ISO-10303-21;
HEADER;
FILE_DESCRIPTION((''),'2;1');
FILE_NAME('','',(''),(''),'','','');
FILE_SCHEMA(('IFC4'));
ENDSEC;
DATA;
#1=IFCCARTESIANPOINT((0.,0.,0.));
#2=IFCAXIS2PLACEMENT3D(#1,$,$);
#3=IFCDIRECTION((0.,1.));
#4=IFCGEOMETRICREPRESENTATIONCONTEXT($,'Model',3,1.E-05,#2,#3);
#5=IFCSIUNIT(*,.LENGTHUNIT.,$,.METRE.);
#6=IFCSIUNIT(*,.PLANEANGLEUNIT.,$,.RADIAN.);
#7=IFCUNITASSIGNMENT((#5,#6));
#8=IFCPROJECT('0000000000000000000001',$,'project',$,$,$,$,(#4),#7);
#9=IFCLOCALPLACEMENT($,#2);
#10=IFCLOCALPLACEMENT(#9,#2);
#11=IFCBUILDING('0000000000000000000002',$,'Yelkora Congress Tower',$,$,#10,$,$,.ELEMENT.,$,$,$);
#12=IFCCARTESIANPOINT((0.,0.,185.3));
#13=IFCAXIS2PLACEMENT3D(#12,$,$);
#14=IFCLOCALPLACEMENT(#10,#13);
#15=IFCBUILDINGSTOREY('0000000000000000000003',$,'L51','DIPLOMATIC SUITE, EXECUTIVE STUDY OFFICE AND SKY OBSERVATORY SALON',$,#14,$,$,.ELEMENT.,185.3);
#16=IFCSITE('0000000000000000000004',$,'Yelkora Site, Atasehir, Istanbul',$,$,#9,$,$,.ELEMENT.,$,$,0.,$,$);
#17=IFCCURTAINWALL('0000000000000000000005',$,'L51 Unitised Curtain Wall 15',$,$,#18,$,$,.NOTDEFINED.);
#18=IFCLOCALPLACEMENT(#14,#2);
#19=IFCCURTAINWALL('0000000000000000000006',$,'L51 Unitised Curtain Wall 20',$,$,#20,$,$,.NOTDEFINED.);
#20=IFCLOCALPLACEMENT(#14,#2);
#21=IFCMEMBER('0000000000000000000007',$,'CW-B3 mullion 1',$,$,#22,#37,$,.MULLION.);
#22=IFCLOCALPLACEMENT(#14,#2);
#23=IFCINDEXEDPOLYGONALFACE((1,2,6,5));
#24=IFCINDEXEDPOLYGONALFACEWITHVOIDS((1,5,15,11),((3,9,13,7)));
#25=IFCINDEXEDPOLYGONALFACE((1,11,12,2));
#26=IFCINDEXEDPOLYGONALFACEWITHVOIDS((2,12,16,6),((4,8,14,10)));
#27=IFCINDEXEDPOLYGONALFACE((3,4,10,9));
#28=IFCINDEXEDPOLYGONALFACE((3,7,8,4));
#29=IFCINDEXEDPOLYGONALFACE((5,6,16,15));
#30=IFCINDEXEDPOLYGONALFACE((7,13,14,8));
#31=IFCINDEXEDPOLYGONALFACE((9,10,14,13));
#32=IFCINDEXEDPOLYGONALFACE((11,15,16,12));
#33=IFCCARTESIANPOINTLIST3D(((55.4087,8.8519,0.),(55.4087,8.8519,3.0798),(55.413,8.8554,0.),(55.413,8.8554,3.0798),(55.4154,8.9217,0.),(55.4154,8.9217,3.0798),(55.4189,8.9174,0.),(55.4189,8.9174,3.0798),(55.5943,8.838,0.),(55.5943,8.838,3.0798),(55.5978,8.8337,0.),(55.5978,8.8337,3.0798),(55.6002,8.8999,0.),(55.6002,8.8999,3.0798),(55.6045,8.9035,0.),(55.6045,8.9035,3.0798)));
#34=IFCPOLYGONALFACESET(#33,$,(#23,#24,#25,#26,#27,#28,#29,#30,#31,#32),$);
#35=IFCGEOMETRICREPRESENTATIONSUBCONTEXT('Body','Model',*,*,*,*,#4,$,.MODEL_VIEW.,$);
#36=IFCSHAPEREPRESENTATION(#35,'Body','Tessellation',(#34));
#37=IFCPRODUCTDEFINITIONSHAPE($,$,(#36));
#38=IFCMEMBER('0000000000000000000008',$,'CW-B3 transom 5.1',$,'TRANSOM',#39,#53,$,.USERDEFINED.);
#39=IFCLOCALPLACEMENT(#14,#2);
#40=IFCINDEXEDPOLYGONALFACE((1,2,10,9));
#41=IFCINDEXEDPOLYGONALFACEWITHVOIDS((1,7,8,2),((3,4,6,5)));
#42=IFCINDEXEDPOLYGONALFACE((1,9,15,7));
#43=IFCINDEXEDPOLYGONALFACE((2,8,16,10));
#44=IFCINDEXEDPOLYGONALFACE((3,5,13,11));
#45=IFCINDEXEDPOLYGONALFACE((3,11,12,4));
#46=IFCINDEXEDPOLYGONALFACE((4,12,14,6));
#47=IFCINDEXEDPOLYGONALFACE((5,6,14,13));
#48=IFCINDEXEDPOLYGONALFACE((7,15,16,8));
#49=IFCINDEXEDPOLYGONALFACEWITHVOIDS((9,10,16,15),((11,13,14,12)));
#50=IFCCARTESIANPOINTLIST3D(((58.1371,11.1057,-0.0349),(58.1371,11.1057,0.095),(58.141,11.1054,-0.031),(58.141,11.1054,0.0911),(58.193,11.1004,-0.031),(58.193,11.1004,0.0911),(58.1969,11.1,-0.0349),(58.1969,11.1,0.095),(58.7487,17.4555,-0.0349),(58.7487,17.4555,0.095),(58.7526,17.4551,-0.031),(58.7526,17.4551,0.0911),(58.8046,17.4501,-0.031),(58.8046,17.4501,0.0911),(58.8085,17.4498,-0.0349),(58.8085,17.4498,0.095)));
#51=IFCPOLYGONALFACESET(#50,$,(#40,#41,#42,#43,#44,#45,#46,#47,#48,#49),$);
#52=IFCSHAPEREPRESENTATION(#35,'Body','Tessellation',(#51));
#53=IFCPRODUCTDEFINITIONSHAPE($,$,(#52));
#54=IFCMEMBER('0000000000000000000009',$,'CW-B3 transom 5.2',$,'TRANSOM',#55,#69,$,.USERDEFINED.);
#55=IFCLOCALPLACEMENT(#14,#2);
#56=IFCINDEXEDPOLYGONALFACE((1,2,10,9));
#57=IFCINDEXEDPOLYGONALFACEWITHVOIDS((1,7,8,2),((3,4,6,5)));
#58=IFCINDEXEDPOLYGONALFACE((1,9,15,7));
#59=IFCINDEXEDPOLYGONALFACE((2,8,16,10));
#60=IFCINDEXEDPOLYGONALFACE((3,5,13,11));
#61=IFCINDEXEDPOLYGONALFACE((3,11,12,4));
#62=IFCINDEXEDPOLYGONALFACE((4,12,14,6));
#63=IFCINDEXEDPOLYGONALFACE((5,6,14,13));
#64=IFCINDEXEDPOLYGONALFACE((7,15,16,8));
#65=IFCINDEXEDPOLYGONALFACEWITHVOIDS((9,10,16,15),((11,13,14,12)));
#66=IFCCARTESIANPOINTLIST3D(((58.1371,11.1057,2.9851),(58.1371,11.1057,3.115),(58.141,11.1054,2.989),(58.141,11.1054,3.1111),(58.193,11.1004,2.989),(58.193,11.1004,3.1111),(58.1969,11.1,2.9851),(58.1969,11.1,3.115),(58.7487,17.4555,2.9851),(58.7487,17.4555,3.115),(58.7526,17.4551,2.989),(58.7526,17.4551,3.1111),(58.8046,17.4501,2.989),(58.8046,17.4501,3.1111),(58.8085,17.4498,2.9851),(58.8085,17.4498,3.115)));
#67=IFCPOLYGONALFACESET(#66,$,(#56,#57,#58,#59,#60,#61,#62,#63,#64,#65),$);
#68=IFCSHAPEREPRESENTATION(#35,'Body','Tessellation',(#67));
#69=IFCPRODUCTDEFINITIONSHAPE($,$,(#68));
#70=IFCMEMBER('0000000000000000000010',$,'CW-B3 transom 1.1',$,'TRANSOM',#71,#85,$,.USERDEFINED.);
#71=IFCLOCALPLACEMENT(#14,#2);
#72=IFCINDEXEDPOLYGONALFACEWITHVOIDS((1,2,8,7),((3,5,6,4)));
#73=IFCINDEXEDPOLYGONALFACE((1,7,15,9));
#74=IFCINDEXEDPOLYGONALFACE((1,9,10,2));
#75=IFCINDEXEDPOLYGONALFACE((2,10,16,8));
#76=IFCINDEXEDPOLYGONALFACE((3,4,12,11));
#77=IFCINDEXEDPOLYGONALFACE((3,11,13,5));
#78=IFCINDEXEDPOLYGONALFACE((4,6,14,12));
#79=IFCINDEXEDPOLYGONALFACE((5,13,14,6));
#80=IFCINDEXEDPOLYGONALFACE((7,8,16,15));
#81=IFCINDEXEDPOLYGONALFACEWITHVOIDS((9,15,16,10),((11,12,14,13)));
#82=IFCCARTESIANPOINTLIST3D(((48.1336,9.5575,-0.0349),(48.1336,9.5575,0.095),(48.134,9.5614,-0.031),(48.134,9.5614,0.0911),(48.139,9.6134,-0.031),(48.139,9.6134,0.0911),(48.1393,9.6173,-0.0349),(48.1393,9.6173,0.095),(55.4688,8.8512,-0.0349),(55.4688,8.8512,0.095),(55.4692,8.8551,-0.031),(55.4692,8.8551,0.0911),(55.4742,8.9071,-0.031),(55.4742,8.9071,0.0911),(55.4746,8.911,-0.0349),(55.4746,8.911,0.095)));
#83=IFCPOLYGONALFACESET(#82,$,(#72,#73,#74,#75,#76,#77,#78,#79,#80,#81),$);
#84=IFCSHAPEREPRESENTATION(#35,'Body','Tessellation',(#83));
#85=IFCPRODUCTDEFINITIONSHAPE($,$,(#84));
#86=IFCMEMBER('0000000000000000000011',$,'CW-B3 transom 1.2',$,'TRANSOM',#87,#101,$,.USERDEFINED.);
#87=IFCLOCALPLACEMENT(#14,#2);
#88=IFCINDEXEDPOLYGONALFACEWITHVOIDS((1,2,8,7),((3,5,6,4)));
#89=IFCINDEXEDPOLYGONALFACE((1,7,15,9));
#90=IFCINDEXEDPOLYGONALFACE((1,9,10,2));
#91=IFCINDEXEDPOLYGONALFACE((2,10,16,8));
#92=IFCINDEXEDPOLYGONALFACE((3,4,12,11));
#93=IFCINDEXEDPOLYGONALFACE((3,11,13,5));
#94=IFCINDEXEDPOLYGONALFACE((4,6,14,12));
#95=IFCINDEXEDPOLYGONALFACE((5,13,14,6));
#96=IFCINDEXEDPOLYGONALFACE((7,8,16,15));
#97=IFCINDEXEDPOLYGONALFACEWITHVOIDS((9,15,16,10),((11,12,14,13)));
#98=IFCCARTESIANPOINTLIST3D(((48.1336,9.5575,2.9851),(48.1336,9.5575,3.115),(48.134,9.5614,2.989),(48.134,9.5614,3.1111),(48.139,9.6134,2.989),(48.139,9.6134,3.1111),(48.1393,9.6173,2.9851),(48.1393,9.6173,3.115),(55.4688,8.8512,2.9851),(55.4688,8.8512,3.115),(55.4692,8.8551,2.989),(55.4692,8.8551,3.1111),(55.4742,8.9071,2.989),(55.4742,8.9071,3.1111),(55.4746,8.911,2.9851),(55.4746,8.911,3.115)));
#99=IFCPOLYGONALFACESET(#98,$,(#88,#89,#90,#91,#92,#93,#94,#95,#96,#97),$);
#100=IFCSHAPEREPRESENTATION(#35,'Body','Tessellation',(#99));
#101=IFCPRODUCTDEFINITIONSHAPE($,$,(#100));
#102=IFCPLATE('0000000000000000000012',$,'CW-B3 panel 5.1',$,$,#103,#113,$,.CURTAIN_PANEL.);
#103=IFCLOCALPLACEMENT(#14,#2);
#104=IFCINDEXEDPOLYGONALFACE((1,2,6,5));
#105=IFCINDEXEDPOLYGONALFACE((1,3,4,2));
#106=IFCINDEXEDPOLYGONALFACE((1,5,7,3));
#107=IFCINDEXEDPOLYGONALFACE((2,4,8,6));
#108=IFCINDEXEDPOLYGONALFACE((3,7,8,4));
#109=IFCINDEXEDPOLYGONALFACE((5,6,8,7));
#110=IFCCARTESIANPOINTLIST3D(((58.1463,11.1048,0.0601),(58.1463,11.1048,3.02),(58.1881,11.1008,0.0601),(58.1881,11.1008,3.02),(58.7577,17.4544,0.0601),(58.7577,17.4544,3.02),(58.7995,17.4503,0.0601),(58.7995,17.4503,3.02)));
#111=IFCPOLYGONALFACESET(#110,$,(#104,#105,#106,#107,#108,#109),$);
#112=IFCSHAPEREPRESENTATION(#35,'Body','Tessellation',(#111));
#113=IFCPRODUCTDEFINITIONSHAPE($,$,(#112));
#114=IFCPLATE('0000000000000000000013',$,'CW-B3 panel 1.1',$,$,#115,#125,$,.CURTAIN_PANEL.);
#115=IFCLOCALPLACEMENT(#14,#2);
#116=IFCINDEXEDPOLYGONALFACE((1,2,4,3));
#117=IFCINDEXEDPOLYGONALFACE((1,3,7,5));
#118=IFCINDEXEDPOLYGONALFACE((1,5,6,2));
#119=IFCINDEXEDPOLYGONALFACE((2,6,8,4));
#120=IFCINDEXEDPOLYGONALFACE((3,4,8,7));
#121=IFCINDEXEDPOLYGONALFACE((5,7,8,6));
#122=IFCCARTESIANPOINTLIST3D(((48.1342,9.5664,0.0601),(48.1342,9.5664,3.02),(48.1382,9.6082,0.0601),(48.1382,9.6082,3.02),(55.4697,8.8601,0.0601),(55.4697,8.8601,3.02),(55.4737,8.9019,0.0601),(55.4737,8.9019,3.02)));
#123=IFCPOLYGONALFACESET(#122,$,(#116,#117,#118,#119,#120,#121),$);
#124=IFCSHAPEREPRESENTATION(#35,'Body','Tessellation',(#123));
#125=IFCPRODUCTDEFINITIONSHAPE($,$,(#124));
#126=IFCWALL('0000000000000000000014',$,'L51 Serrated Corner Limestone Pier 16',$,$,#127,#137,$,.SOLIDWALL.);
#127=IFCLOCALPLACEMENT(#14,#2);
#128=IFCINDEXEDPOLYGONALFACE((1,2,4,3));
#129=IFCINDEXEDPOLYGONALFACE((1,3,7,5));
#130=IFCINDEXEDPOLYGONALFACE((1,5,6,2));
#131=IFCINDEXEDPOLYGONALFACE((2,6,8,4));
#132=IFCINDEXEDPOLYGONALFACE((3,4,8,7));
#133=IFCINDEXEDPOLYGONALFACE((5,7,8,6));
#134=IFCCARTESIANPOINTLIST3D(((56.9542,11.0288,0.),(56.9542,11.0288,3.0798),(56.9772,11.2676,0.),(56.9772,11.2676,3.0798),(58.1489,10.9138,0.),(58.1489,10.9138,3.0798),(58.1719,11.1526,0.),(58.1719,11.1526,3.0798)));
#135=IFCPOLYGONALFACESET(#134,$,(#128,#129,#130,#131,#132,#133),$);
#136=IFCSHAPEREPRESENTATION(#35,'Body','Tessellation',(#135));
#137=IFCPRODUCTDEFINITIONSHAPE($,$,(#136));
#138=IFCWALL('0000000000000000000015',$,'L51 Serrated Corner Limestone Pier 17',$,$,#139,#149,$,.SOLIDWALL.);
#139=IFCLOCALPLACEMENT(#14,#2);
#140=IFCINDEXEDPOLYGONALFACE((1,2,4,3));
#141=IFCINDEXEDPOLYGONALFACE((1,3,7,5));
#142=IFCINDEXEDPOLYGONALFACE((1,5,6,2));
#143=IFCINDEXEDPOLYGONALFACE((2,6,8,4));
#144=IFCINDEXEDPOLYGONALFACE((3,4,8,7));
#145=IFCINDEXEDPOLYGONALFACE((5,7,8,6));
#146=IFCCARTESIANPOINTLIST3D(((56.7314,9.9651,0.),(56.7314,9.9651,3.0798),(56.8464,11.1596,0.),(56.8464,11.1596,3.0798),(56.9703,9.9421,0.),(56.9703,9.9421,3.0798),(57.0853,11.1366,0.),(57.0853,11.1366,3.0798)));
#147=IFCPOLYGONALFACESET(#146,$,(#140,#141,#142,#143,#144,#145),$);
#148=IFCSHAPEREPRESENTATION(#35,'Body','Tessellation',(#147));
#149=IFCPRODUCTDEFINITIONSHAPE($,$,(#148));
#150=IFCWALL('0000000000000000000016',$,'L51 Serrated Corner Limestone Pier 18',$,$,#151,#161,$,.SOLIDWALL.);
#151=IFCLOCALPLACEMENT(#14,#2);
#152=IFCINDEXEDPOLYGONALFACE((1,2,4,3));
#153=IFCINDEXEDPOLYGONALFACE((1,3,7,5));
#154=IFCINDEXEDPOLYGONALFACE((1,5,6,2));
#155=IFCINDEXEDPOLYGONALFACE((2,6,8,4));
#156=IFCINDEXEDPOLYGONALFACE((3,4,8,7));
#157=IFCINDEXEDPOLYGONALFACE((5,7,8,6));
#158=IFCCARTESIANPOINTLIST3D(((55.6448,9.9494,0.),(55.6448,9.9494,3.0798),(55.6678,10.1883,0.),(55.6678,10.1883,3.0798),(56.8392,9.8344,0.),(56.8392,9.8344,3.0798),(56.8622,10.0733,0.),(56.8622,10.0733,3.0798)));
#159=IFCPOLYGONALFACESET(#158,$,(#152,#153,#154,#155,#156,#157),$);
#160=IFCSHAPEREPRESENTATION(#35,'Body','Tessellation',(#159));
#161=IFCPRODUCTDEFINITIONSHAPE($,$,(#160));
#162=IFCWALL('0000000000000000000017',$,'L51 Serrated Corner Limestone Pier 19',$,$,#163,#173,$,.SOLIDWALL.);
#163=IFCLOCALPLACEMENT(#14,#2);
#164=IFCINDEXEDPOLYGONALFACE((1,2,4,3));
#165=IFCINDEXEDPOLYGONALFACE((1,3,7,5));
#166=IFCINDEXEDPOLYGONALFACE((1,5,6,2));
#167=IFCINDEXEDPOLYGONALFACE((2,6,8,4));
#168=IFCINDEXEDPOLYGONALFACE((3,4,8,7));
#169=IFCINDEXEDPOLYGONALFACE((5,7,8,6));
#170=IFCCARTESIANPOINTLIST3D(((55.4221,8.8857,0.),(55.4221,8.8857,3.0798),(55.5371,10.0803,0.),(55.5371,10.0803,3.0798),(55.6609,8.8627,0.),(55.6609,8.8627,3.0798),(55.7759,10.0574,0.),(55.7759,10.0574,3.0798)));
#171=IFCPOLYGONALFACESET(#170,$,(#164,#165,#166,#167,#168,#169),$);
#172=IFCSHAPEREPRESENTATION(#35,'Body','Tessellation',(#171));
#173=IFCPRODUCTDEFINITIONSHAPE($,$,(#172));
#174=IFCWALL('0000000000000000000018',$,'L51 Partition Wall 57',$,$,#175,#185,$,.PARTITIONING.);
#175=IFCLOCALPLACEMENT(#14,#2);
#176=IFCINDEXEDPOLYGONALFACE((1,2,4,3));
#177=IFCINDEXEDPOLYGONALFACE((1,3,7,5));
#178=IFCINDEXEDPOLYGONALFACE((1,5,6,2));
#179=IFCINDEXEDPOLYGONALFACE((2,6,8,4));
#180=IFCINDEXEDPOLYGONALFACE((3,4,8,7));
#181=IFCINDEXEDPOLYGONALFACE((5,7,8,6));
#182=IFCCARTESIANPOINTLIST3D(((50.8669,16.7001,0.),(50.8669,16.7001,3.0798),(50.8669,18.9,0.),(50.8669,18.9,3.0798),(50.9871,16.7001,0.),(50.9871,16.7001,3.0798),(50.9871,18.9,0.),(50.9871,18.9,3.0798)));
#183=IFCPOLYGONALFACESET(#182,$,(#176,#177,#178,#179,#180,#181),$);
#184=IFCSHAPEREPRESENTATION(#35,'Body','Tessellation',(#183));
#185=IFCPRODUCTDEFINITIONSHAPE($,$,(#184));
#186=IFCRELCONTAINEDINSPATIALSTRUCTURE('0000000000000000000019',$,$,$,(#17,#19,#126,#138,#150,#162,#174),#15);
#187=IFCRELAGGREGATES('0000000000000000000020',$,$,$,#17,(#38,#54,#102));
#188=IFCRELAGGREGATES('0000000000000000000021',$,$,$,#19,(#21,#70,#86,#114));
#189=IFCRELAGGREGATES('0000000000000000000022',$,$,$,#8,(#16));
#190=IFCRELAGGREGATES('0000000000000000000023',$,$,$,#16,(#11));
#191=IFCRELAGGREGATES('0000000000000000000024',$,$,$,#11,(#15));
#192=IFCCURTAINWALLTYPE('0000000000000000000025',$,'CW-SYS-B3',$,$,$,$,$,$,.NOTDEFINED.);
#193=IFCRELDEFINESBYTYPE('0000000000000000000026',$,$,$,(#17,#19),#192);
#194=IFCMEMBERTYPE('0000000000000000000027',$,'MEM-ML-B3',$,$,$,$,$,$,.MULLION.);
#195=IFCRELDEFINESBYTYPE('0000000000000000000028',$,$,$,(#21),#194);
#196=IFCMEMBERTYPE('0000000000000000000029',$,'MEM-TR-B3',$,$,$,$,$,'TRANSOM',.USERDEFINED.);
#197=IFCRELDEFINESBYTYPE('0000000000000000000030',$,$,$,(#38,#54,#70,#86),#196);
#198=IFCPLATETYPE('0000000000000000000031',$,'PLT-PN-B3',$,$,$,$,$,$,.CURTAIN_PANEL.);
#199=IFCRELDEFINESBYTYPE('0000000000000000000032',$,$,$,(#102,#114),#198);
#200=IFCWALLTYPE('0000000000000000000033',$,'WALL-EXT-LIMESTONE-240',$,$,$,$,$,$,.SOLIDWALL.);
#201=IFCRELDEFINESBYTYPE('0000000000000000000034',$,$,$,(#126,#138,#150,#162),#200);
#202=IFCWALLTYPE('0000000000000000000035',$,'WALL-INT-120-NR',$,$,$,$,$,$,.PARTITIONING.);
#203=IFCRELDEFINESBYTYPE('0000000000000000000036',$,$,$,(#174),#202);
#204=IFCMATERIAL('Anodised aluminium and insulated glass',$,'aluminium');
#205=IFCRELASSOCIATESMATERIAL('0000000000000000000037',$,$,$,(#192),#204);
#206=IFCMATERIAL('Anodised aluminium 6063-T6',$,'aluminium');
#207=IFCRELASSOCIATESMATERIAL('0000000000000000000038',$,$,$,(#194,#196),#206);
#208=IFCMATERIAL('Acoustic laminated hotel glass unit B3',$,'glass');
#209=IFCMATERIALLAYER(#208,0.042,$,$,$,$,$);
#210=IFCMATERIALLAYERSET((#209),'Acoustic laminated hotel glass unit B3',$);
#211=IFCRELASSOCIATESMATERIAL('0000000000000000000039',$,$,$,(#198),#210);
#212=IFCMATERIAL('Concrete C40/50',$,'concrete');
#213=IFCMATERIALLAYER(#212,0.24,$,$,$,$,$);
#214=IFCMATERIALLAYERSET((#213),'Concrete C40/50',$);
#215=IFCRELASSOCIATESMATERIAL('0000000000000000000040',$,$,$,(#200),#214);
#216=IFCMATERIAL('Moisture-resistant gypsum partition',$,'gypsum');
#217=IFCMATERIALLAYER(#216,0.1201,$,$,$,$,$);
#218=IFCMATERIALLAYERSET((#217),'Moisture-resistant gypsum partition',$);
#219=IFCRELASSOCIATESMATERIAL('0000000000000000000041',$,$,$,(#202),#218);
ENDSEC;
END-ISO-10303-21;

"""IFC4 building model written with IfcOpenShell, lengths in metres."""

from ifc_helpers import new_model, si_unit, direction, frame, frame_2d, origin, origin_2d, place, context, subcontext, project, spatial, rectangle, hollow_rectangle, extrude, material, layer, layer_set, material_profile, profile_set, type_object, element, aggregate, save


model = new_model("IFC4")

# Units and contexts
model_context = context("Model", 3, precision=1e-05, world=origin(), true_north=direction((0.0, 1.0)))
body_context = subcontext(model_context, "Body", "Model", "MODEL_VIEW")
ifc_project = project(units=[si_unit("LENGTHUNIT", "METRE"), si_unit("PLANEANGLEUNIT", "RADIAN")], contexts=[model_context])

# Site, building, storey
site_placement = place(None, origin())
site = spatial("IfcSite", under=ifc_project, at=site_placement, Name="Yelkora Site, Atasehir, Istanbul", CompositionType="ELEMENT", RefElevation=0.0)
building_placement = place(site_placement, origin())
building = spatial("IfcBuilding", under=site, at=building_placement, Name="Yelkora Congress Tower", CompositionType="ELEMENT")
storey_placement = place(building_placement, frame((0.0, 0.0, 185.3)))
storey = spatial("IfcBuildingStorey", under=building, at=storey_placement, Name="L51", Description="DIPLOMATIC SUITE, EXECUTIVE STUDY OFFICE AND SKY OBSERVATORY SALON", CompositionType="ELEMENT", Elevation=185.3)

# Curtain wall
ifc_material_1 = material(Name="Anodised aluminium and insulated glass", Category="aluminium")
curtain_wall_type = type_object("IfcCurtainWallType", Name="CW-SYS-B3", PredefinedType="NOTDEFINED", material=ifc_material_1)
curtain_wall_1_placement = place(storey_placement, origin())
curtain_wall_1 = element("IfcCurtainWall", 1, at=curtain_wall_1_placement, inside=storey, type_object=curtain_wall_type, Name="L51 Unitised Curtain Wall 15", PredefinedType="NOTDEFINED")
ifc_material_2 = material(Name="Anodised aluminium 6063-T6", Category="aluminium")
ifc_material_profile_1 = material_profile(ifc_material_2, hollow_rectangle(XDim=0.0701, YDim=0.1899, WallThickness=0.0039, at=origin_2d()), Name="ALU 70x190x4")
ifc_profile_set_1 = profile_set([ifc_material_profile_1], Name="Anodised aluminium 6063-T6")
member_type_1 = type_object("IfcMemberType", Name="MEM-ML-B3", PredefinedType="MULLION", material=ifc_profile_set_1)

# Curtain wall, member
curtain_wall_2_placement = place(storey_placement, origin())
curtain_wall_2 = element("IfcCurtainWall", 2, at=curtain_wall_2_placement, inside=storey, type_object=curtain_wall_type, Name="L51 Unitised Curtain Wall 20", PredefinedType="NOTDEFINED")
member_1_placement = place(storey_placement, frame((55.5066, 8.8777, 0.0), z_axis=(0.0, 0.0, 1.0), x_axis=(-0.095845, -0.995396, 0.0)))
member_1 = element("IfcMember", 3, at=member_1_placement, type_object=member_type_1, Name="CW-B3 mullion 1", PredefinedType="MULLION", context=body_context, shape_type="SweptSolid", body=[
    extrude(hollow_rectangle(XDim=0.0701, YDim=0.1899, WallThickness=0.0039, at=origin_2d()), origin(), (0.0, 0.0, 1.0), 3.0798),
])

# Members
ifc_material_profile_2 = material_profile(ifc_material_2, hollow_rectangle(XDim=0.0601, YDim=0.1299, WallThickness=0.0039, at=origin_2d()), Name="ALU 60x130x4")
ifc_profile_set_2 = profile_set([ifc_material_profile_2], Name="Anodised aluminium 6063-T6")
member_type_2 = type_object("IfcMemberType", Name="MEM-TR-B3", ElementType="TRANSOM", PredefinedType="USERDEFINED", material=ifc_profile_set_2)
member_2_placement = place(storey_placement, frame((58.7786, 17.4526, 0.03), z_axis=(-0.095869, -0.995394, 0.0), x_axis=(0.995394, -0.095869, 0.0)))
member_2 = element("IfcMember", 4, at=member_2_placement, type_object=member_type_2, Name="CW-B3 transom 5.1", ObjectType="TRANSOM", PredefinedType="USERDEFINED", context=body_context, shape_type="SweptSolid", body=[
    extrude(hollow_rectangle(XDim=0.0601, YDim=0.1299, WallThickness=0.0039, at=origin_2d()), origin(), (0.0, 0.0, 1.0), 6.3792),
])
member_3_placement = place(storey_placement, frame((58.7786, 17.4526, 3.05), z_axis=(-0.095869, -0.995394, 0.0), x_axis=(0.995394, -0.095869, 0.0)))
member_3 = element("IfcMember", 5, at=member_3_placement, type_object=member_type_2, Name="CW-B3 transom 5.2", ObjectType="TRANSOM", PredefinedType="USERDEFINED", context=body_context, shape_type="SweptSolid", body=[
    extrude(hollow_rectangle(XDim=0.0601, YDim=0.1299, WallThickness=0.0039, at=origin_2d()), origin(), (0.0, 0.0, 1.0), 6.3792),
])
member_4_placement = place(storey_placement, frame((55.4717, 8.8811, 0.03), z_axis=(-0.995396, 0.095846, 0.0), x_axis=(-0.095846, -0.995396, 0.0)))
member_4 = element("IfcMember", 6, at=member_4_placement, type_object=member_type_2, Name="CW-B3 transom 1.1", ObjectType="TRANSOM", PredefinedType="USERDEFINED", context=body_context, shape_type="SweptSolid", body=[
    extrude(hollow_rectangle(XDim=0.0601, YDim=0.1299, WallThickness=0.0039, at=origin_2d()), origin(), (0.0, 0.0, 1.0), 7.3691),
])
member_5_placement = place(storey_placement, frame((55.4717, 8.8811, 3.05), z_axis=(-0.995396, 0.095846, 0.0), x_axis=(-0.095846, -0.995396, 0.0)))
member_5 = element("IfcMember", 7, at=member_5_placement, type_object=member_type_2, Name="CW-B3 transom 1.2", ObjectType="TRANSOM", PredefinedType="USERDEFINED", context=body_context, shape_type="SweptSolid", body=[
    extrude(hollow_rectangle(XDim=0.0601, YDim=0.1299, WallThickness=0.0039, at=origin_2d()), origin(), (0.0, 0.0, 1.0), 7.3691),
])

# Plates
ifc_material_3 = material(Name="Acoustic laminated hotel glass unit B3", Category="glass")
ifc_layer_1 = layer(ifc_material_3, 0.042)
ifc_layer_set_1 = layer_set([ifc_layer_1], Name="Acoustic laminated hotel glass unit B3")
plate_type = type_object("IfcPlateType", Name="PLT-PN-B3", PredefinedType="CURTAIN_PANEL", material=ifc_layer_set_1)
plate_1_placement = place(storey_placement, frame((58.4729, 14.2776, 0.0601), z_axis=(0.0, 0.0, 1.0), x_axis=(-0.095842, -0.995397, 0.0)))
plate_1 = element("IfcPlate", 8, at=plate_1_placement, type_object=plate_type, Name="CW-B3 panel 5.1", PredefinedType="CURTAIN_PANEL", context=body_context, shape_type="SweptSolid", body=[
    extrude(rectangle(XDim=6.3789, YDim=0.042, at=origin_2d()), origin(), (0.0, 0.0, 1.0), 2.96),
])
aggregate(curtain_wall_1, [member_2, member_3, plate_1])
plate_2_placement = place(storey_placement, frame((51.804, 9.2341, 0.0601), z_axis=(0.0, 0.0, 1.0), x_axis=(-0.995396, 0.095845, 0.0)))
plate_2 = element("IfcPlate", 9, at=plate_2_placement, type_object=plate_type, Name="CW-B3 panel 1.1", PredefinedType="CURTAIN_PANEL", context=body_context, shape_type="SweptSolid", body=[
    extrude(rectangle(XDim=7.3694, YDim=0.042, at=origin_2d()), origin(), (0.0, 0.0, 1.0), 2.96),
])
aggregate(curtain_wall_2, [member_1, member_4, member_5, plate_2])

# Walls
ifc_material_4 = material(Name="Concrete C40/50", Category="concrete")
ifc_layer_2 = layer(ifc_material_4, 0.24)
ifc_layer_set_2 = layer_set([ifc_layer_2], Name="Concrete C40/50")
wall_type_1 = type_object("IfcWallType", Name="WALL-EXT-LIMESTONE-240", PredefinedType="SOLIDWALL", material=ifc_layer_set_2)
wall_1_placement = place(storey_placement, frame((58.1604, 11.0332, 0.0), z_axis=(0.0, 0.0, 1.0), x_axis=(-0.995399, 0.095817, 0.0)))
element("IfcWall", 10, at=wall_1_placement, inside=storey, type_object=wall_type_1, Name="L51 Serrated Corner Limestone Pier 16", PredefinedType="SOLIDWALL", context=body_context, shape_type="SweptSolid", body=[
    extrude(rectangle(XDim=1.2002, YDim=0.24, at=frame_2d((0.6001, 0.0))), origin(), (0.0, 0.0, 1.0), 3.0798),
])
for number, where, z_axis, x_axis, name in (
    (11, (56.9658, 11.1482, 0.0), (0.0, 0.0, 1.0), (-0.095836, -0.995397, 0.0), "L51 Serrated Corner Limestone Pier 17"),
    (12, (56.8508, 9.9539, 0.0), (0.0, 0.0, 1.0), (-0.995397, 0.095836, 0.0), "L51 Serrated Corner Limestone Pier 18"),
):
    element("IfcWall", number, at=place(storey_placement, frame(where, z_axis=z_axis, x_axis=x_axis)), inside=storey, type_object=wall_type_1, Name=name, PredefinedType="SOLIDWALL", context=body_context, shape_type="SweptSolid", body=[
        extrude(rectangle(XDim=1.2, YDim=0.24, at=frame_2d((0.6001, 0.0))), origin(), (0.0, 0.0, 1.0), 3.0798),
    ])
wall_2_placement = place(storey_placement, frame((55.6565, 10.0688, 0.0), z_axis=(0.0, 0.0, 1.0), x_axis=(-0.095817, -0.995399, 0.0)))
element("IfcWall", 13, at=wall_2_placement, inside=storey, type_object=wall_type_1, Name="L51 Serrated Corner Limestone Pier 19", PredefinedType="SOLIDWALL", context=body_context, shape_type="SweptSolid", body=[
    extrude(rectangle(XDim=1.2002, YDim=0.24, at=frame_2d((0.6001, 0.0))), origin(), (0.0, 0.0, 1.0), 3.0798),
])
ifc_material_5 = material(Name="Moisture-resistant gypsum partition", Category="gypsum")
ifc_layer_3 = layer(ifc_material_5, 0.1201)
ifc_layer_set_3 = layer_set([ifc_layer_3], Name="Moisture-resistant gypsum partition")
wall_type_2 = type_object("IfcWallType", Name="WALL-INT-120-NR", PredefinedType="PARTITIONING", material=ifc_layer_set_3)
for number, where, z_axis, x_axis, name in (
    (14, (50.927, 16.7, 0.0), (0.0, 0.0, 1.0), (0.0, 1.0, 0.0), "L51 Partition Wall 57"),
):
    element("IfcWall", number, at=place(storey_placement, frame(where, z_axis=z_axis, x_axis=x_axis)), inside=storey, type_object=wall_type_2, Name=name, PredefinedType="PARTITIONING", context=body_context, shape_type="SweptSolid", body=[
        extrude(rectangle(XDim=2.2, YDim=0.1201, at=frame_2d((1.1001, 0.0))), origin(), (0.0, 0.0, 1.0), 3.0798),
    ])

save(model, "model.ifc")
